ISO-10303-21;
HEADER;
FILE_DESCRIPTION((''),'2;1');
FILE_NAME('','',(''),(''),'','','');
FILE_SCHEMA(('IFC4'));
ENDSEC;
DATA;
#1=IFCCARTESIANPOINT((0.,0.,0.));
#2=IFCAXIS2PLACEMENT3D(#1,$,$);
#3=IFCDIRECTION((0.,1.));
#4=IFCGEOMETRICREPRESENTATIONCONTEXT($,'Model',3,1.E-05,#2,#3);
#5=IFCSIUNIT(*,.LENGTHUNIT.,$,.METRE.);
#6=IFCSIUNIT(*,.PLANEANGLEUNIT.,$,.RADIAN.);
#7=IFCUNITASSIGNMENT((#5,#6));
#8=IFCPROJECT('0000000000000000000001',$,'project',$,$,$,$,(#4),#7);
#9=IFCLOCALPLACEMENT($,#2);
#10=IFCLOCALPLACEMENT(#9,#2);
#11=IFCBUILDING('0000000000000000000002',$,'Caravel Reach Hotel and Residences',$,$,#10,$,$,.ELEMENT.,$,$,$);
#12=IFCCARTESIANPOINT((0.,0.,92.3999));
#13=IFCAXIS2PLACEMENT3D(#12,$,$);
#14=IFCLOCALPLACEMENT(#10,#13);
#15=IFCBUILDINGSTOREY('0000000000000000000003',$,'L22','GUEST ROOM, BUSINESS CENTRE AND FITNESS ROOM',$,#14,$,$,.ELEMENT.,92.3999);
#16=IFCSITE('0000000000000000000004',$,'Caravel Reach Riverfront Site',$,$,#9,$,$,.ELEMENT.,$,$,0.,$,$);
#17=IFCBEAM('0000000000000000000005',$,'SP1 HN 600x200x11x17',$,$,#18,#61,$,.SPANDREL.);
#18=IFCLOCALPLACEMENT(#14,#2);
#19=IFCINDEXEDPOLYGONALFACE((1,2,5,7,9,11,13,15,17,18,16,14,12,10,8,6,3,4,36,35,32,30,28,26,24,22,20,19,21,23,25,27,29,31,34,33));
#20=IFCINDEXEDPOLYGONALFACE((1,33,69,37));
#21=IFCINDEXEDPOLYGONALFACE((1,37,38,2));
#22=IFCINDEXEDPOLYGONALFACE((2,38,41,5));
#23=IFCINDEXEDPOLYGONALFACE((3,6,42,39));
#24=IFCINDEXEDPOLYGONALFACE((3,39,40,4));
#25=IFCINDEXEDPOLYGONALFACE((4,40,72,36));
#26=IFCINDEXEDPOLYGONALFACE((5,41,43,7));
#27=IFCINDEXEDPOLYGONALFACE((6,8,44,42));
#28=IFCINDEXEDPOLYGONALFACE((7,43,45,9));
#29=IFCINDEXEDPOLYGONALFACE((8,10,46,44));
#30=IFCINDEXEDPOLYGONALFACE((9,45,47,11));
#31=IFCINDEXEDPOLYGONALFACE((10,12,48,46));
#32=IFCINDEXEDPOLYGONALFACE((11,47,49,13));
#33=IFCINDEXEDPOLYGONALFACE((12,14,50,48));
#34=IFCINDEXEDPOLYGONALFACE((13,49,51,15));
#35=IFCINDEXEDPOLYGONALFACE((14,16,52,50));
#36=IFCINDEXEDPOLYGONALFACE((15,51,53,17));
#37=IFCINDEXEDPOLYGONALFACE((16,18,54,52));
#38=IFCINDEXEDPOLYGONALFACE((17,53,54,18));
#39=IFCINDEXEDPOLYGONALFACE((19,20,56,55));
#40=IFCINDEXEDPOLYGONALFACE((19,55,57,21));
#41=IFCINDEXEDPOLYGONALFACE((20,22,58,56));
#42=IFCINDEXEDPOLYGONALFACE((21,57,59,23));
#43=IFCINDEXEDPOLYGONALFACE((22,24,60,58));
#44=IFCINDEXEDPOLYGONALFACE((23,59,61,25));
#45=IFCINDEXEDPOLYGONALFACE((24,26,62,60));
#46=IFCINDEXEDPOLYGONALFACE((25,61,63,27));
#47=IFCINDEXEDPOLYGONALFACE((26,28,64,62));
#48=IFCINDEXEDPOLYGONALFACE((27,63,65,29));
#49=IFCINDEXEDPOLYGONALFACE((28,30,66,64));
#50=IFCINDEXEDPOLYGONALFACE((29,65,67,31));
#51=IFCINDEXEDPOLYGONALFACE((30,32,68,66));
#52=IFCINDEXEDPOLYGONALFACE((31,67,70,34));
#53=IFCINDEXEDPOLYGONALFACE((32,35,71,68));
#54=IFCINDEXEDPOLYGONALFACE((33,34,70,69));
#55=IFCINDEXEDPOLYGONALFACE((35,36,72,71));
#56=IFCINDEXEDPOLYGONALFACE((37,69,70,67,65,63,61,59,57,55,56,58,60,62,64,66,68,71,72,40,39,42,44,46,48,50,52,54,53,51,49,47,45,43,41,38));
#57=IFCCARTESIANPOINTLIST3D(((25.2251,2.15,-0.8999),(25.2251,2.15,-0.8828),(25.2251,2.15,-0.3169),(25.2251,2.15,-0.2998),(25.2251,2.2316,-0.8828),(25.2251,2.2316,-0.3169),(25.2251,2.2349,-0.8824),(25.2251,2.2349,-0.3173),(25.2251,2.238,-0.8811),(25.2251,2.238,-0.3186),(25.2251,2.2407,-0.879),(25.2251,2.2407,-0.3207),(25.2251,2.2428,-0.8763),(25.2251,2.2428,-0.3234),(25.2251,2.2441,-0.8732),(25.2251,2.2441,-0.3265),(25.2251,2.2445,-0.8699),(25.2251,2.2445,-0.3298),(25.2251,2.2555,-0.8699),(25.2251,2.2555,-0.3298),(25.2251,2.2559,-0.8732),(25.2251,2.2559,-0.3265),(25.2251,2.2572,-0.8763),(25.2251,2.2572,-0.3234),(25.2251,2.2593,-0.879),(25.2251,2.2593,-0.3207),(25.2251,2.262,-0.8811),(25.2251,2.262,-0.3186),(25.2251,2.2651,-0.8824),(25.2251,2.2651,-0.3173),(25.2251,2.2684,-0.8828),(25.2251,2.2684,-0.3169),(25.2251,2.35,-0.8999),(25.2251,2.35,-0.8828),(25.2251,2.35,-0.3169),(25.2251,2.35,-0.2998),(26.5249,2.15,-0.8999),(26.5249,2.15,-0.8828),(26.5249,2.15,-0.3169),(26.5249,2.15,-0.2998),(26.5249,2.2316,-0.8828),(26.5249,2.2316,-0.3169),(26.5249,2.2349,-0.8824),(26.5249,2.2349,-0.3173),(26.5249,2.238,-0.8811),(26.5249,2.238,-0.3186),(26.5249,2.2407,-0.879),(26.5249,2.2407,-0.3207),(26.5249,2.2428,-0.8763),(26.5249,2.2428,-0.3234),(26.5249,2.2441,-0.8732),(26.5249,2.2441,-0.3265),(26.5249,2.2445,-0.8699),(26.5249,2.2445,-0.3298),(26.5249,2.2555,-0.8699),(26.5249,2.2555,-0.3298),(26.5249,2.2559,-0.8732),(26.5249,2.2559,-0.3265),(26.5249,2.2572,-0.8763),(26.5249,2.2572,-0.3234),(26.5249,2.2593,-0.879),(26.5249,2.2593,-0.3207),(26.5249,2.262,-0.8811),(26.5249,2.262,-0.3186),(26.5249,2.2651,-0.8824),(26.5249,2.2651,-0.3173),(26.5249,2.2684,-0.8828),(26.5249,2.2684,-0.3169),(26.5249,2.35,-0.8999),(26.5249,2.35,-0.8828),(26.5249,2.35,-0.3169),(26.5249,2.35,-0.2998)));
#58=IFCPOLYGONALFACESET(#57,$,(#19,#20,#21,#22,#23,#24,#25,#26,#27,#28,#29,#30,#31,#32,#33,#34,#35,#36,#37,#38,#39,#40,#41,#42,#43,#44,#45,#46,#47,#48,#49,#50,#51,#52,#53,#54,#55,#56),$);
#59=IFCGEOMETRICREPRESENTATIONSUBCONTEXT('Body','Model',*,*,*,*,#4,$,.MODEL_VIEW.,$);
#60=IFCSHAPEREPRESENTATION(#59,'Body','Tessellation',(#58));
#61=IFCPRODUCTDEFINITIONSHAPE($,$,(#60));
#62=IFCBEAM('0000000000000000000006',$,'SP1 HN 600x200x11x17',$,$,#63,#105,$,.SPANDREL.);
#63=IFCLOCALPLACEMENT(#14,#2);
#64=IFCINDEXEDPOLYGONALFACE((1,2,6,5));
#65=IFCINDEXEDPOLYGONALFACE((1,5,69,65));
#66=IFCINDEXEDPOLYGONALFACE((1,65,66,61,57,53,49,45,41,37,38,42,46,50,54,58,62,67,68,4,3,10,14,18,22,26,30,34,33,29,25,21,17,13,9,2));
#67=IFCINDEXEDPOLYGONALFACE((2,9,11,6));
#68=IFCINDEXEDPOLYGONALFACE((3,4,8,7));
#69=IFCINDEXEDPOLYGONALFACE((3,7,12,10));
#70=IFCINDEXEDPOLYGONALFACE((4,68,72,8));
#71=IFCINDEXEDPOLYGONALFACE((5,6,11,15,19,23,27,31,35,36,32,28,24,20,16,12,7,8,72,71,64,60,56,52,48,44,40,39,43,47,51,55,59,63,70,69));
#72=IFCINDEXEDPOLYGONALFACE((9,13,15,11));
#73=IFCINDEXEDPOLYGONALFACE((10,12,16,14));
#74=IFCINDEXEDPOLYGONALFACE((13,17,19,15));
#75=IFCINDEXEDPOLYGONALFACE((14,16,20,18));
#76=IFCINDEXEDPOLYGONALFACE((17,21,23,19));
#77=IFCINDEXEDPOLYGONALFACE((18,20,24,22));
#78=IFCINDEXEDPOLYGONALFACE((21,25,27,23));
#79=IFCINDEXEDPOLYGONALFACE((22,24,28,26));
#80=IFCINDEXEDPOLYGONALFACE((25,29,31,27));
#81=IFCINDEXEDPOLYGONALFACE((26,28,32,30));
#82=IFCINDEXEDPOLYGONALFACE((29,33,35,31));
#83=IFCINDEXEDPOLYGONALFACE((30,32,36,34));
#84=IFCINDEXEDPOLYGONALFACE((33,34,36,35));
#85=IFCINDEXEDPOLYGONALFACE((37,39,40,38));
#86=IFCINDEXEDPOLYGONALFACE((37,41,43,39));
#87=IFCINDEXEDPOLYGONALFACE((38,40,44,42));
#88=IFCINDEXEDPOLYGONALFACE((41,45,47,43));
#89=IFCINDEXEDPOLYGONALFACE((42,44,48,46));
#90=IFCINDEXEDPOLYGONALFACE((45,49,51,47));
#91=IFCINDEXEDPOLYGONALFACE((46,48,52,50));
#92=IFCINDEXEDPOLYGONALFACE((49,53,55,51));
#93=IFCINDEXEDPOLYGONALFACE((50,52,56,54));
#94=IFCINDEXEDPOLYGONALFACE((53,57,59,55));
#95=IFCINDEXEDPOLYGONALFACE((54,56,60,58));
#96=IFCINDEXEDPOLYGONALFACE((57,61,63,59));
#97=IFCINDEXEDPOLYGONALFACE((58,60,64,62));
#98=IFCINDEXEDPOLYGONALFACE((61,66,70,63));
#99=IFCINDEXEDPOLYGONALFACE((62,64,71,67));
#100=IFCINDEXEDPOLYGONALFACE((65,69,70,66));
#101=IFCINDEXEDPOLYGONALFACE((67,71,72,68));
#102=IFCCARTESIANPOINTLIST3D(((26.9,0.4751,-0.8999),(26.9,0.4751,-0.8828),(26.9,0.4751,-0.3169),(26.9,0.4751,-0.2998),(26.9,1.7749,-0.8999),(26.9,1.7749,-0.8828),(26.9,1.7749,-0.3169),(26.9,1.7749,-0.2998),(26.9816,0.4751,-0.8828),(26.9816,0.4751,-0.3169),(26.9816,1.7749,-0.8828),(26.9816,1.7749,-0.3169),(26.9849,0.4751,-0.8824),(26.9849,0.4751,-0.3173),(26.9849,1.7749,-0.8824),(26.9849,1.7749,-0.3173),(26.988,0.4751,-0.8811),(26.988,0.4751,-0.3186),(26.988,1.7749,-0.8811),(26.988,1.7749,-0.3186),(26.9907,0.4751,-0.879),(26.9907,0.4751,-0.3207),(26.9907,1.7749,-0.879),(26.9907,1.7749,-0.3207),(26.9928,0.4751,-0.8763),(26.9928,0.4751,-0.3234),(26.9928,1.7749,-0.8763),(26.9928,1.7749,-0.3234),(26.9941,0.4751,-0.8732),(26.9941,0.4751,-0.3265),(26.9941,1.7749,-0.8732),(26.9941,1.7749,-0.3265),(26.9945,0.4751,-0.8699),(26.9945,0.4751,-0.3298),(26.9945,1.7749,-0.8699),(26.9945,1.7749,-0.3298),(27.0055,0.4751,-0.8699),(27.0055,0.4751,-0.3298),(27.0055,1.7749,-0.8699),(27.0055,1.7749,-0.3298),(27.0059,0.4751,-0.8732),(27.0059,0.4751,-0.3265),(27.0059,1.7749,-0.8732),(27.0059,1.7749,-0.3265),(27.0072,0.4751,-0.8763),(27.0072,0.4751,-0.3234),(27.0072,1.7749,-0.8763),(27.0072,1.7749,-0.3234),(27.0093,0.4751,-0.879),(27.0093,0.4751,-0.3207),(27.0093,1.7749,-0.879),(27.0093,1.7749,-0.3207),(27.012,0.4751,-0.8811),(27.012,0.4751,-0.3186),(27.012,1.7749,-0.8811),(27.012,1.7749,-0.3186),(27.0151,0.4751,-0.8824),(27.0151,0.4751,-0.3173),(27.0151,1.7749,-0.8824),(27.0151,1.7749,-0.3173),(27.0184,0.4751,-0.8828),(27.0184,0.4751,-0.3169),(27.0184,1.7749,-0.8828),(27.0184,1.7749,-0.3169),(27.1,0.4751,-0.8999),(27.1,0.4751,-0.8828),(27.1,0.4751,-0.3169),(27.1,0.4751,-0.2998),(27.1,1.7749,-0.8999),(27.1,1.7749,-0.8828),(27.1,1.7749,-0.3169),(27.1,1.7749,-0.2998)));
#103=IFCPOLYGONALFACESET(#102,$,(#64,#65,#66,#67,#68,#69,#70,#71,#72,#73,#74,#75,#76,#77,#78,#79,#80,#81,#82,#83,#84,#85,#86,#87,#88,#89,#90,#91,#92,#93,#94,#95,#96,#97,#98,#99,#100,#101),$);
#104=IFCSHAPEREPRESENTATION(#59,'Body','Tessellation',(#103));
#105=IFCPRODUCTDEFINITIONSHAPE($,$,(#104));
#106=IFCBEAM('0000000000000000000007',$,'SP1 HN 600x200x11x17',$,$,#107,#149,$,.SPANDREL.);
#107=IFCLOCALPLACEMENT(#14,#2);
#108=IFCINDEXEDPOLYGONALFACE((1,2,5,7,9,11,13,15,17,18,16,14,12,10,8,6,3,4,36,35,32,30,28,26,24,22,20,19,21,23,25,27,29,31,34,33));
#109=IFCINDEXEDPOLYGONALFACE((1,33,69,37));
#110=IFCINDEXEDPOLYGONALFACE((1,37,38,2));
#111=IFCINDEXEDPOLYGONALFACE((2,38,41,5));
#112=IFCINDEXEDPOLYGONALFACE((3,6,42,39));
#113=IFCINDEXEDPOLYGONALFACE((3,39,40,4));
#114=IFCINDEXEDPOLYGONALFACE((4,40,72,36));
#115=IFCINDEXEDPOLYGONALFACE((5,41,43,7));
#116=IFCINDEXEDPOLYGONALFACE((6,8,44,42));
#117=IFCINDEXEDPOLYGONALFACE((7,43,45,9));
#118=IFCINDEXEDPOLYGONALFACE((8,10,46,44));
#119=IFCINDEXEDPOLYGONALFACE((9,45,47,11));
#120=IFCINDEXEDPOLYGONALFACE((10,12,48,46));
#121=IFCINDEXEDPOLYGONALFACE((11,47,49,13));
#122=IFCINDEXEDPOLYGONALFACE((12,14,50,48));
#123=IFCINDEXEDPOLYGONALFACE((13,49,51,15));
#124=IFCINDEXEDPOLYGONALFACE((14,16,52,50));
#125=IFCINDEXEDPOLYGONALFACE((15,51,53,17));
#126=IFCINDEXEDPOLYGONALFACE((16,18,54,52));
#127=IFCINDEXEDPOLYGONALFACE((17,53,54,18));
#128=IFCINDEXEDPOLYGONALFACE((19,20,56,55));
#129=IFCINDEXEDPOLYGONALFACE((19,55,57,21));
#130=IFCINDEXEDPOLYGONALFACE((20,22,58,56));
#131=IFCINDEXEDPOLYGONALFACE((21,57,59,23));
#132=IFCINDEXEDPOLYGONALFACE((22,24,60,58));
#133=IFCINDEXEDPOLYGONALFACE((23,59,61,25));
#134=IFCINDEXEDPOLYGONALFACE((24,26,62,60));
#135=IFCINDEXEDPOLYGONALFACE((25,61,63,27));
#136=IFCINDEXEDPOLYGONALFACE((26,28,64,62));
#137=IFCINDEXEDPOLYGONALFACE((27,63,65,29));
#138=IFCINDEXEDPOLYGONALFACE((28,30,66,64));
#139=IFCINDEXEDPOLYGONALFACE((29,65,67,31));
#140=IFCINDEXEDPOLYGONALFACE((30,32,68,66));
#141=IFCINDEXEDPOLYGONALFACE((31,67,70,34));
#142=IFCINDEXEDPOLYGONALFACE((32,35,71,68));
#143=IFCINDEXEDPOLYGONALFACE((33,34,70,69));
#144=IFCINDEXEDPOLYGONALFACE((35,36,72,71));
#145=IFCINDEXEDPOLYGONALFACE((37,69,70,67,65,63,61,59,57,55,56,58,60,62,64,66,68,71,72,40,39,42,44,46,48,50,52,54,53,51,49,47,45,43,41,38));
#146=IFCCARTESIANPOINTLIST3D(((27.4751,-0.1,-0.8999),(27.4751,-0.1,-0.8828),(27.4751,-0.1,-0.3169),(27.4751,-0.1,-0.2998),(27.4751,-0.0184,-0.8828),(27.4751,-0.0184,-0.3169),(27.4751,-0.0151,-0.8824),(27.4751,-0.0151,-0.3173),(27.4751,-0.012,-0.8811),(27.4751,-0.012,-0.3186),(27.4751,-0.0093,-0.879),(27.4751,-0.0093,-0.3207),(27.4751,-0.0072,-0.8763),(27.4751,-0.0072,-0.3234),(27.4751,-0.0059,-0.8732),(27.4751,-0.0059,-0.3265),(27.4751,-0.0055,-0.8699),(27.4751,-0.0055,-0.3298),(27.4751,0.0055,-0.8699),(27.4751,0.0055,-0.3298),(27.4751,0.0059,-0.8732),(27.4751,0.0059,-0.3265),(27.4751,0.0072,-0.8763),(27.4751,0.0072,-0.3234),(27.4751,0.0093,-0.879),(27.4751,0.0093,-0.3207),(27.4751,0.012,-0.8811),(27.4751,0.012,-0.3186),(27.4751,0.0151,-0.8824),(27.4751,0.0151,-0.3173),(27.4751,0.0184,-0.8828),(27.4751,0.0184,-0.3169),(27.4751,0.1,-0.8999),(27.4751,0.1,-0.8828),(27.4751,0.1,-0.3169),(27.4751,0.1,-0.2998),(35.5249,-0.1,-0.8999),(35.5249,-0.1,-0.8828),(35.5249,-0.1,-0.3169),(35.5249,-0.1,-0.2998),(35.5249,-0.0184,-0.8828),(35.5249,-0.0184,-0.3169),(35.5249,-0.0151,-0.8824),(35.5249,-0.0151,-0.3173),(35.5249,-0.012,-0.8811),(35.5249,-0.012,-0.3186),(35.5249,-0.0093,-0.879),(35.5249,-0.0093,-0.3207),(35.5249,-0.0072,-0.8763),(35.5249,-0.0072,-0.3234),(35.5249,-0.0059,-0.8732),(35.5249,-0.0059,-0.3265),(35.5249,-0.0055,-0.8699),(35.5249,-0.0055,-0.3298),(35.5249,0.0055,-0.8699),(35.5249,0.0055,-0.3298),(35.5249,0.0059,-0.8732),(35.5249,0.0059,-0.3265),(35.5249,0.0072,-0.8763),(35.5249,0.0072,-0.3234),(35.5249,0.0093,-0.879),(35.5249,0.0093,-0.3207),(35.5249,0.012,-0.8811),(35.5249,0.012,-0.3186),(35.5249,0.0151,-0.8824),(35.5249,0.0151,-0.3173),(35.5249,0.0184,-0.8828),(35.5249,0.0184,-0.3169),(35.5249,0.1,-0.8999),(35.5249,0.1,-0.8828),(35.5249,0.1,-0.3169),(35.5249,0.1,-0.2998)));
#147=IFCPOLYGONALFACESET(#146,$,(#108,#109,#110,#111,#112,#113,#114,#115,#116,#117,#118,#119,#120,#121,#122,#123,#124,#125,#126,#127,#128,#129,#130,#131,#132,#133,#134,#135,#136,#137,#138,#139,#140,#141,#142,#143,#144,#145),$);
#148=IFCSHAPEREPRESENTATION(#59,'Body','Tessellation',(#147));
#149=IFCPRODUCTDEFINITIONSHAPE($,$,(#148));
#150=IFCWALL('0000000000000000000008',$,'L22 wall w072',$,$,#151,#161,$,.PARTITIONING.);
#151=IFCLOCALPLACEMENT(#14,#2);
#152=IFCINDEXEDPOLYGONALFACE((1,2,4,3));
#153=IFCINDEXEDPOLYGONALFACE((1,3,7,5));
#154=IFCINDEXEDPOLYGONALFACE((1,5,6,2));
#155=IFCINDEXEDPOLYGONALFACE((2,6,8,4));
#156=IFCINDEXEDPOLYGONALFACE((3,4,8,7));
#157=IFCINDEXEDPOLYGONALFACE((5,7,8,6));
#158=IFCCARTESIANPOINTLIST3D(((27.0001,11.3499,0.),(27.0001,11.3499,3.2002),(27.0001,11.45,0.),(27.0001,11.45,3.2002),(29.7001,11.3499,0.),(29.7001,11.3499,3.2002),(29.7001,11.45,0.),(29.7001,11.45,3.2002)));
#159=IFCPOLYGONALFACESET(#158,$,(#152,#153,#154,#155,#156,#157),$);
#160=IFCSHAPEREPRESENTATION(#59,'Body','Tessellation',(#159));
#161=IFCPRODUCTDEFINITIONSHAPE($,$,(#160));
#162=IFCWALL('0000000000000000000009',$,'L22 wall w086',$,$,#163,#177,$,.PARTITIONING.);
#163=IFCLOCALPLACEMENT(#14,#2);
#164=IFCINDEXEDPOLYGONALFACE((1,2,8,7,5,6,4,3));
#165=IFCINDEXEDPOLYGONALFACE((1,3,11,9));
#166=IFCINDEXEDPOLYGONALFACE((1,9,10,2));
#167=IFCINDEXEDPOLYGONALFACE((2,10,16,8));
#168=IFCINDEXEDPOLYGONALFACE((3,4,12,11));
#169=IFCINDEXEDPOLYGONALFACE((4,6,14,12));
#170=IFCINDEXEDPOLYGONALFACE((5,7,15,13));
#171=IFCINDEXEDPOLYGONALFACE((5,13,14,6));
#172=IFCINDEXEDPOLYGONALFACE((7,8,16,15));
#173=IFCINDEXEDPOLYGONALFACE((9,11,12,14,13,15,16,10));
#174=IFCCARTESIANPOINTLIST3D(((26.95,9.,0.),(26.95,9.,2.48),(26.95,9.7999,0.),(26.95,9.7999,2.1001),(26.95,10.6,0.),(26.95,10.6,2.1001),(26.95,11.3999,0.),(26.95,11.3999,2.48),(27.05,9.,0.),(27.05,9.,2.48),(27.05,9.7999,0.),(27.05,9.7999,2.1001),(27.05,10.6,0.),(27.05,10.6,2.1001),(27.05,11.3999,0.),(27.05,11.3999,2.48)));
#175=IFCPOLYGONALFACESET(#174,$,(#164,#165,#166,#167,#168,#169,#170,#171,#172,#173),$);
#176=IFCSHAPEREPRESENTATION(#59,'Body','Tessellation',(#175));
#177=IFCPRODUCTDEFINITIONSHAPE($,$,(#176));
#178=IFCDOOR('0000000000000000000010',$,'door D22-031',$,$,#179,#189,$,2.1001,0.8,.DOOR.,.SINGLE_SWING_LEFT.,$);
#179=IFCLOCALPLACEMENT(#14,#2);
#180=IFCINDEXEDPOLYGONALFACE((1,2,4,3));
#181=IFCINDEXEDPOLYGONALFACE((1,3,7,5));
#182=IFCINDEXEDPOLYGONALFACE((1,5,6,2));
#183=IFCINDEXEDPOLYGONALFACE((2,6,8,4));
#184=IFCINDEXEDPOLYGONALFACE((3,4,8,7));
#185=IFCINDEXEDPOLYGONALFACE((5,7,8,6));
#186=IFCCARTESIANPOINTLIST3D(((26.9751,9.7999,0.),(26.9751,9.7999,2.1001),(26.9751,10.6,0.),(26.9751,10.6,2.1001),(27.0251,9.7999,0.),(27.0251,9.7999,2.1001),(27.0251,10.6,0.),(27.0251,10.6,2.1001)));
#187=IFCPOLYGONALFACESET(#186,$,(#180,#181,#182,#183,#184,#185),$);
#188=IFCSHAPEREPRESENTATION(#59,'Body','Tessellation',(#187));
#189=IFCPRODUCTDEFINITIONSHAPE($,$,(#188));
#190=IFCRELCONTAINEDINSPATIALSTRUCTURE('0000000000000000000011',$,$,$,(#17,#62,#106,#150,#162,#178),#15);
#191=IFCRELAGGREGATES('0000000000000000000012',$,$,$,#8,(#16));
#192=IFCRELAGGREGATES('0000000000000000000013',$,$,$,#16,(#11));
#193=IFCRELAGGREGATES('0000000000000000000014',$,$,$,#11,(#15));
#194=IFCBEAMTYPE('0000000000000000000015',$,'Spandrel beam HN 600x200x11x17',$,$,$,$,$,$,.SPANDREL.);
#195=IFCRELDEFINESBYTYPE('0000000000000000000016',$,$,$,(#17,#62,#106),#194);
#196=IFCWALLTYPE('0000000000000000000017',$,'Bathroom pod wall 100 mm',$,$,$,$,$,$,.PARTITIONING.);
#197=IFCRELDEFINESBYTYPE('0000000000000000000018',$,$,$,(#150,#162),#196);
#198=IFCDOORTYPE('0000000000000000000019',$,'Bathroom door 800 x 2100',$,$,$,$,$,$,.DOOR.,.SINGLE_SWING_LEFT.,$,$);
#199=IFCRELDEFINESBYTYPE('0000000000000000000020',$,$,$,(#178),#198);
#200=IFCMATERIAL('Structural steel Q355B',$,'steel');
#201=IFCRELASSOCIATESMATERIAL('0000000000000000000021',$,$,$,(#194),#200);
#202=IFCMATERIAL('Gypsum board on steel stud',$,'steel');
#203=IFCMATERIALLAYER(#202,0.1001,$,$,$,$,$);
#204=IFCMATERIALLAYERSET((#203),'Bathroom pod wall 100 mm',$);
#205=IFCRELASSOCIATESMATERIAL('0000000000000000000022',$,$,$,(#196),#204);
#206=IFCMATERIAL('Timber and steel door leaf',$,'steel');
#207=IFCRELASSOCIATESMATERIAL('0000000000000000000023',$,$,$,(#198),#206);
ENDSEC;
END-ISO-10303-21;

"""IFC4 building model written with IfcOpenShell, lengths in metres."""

from ifc_helpers import new_model, si_unit, direction, frame, frame_2d, origin, origin_2d, place, context, subcontext, project, spatial, rectangle, i_section, extrude, material, layer, layer_set, material_profile, profile_set, type_object, element, fill, save


model = new_model("IFC4")

# Units and contexts
model_context = context("Model", 3, precision=1e-05, world=origin(), true_north=direction((0.0, 1.0)))
body_context = subcontext(model_context, "Body", "Model", "MODEL_VIEW")
ifc_project = project(units=[si_unit("LENGTHUNIT", "METRE"), si_unit("PLANEANGLEUNIT", "RADIAN")], contexts=[model_context])

# Site, building, storey
site_placement = place(None, origin())
site = spatial("IfcSite", under=ifc_project, at=site_placement, Name="Caravel Reach Riverfront Site", CompositionType="ELEMENT", RefElevation=0.0)
building_placement = place(site_placement, origin())
building = spatial("IfcBuilding", under=site, at=building_placement, Name="Caravel Reach Hotel and Residences", CompositionType="ELEMENT")
storey_placement = place(building_placement, frame((0.0, 0.0, 92.3999)))
storey = spatial("IfcBuildingStorey", under=building, at=storey_placement, Name="L22", Description="GUEST ROOM, BUSINESS CENTRE AND FITNESS ROOM", CompositionType="ELEMENT", Elevation=92.3999)

# Beams
ifc_material_1 = material(Name="Structural steel Q355B", Category="steel")
ifc_material_profile_1 = material_profile(ifc_material_1, i_section(OverallWidth=0.2, OverallDepth=0.6001, WebThickness=0.011, FlangeThickness=0.0171, FilletRadius=0.0129, at=origin_2d()), Name="HN 600x200x11x17")
ifc_profile_set_1 = profile_set([ifc_material_profile_1], Name="Structural steel Q355B")
beam_type = type_object("IfcBeamType", Name="Spandrel beam HN 600x200x11x17", PredefinedType="SPANDREL", material=ifc_profile_set_1)
for number, where, z_axis, x_axis, name in (
    (1, (25.2251, 2.25, -0.5999), (1.0, 0.0, 0.0), (0.0, 1.0, 0.0), "SP1 HN 600x200x11x17"),
    (2, (27.0, 1.7749, -0.5999), (0.0, -1.0, 0.0), (1.0, 0.0, 0.0), "SP1 HN 600x200x11x17"),
):
    element("IfcBeam", number, at=place(storey_placement, frame(where, z_axis=z_axis, x_axis=x_axis)), inside=storey, type_object=beam_type, Name=name, PredefinedType="SPANDREL", context=body_context, shape_type="SweptSolid", body=[
        extrude(i_section(OverallWidth=0.2, OverallDepth=0.6001, WebThickness=0.011, FlangeThickness=0.0171, FilletRadius=0.0129, at=origin_2d()), origin(), (0.0, 0.0, 1.0), 1.2998),
    ])
beam_placement = place(storey_placement, frame((27.4751, 0.0, -0.5999), z_axis=(1.0, 0.0, 0.0), x_axis=(0.0, 1.0, 0.0)))
element("IfcBeam", 3, at=beam_placement, inside=storey, type_object=beam_type, Name="SP1 HN 600x200x11x17", PredefinedType="SPANDREL", context=body_context, shape_type="SweptSolid", body=[
    extrude(i_section(OverallWidth=0.2, OverallDepth=0.6001, WebThickness=0.011, FlangeThickness=0.0171, FilletRadius=0.0129, at=origin_2d()), origin(), (0.0, 0.0, 1.0), 8.0498),
])

# Wall
ifc_material_2 = material(Name="Gypsum board on steel stud", Category="steel")
ifc_layer_1 = layer(ifc_material_2, 0.1001)
ifc_layer_set_1 = layer_set([ifc_layer_1], Name="Bathroom pod wall 100 mm")
wall_type_1 = type_object("IfcWallType", Name="Bathroom pod wall 100 mm", PredefinedType="PARTITIONING", material=ifc_layer_set_1)
wall_1_placement = place(storey_placement, frame((27.0, 11.3999, 0.0), z_axis=(0.0, 0.0, 1.0), x_axis=(1.0, 0.0, 0.0)))
element("IfcWall", 4, at=wall_1_placement, inside=storey, type_object=wall_type_1, Name="L22 wall w072", PredefinedType="PARTITIONING", context=body_context, shape_type="SweptSolid", body=[
    extrude(rectangle(XDim=2.7, YDim=0.1001, at=frame_2d((1.3501, 0.0))), origin(), (0.0, 0.0, 1.0), 3.2002),
])

# Wall, opening, door
wall_2_placement = place(storey_placement, frame((27.0, 9.0, 0.0), z_axis=(0.0, 0.0, 1.0), x_axis=(0.0, 1.0, 0.0)))
wall_2 = element("IfcWall", 5, at=wall_2_placement, inside=storey, type_object=wall_type_1, Name="L22 wall w086", PredefinedType="PARTITIONING", context=body_context, shape_type="SweptSolid", body=[
    extrude(rectangle(XDim=2.3999, YDim=0.1001, at=frame_2d((1.2, 0.0))), origin(), (0.0, 0.0, 1.0), 2.48),
])
opening_1_placement = place(wall_2_placement, frame((0.8, 0.0, 0.0)))
opening_1 = element("IfcOpeningElement", 6, at=opening_1_placement, cuts=wall_2, PredefinedType="OPENING", context=body_context, shape_type="SweptSolid", body=[
    extrude(rectangle(XDim=0.8, YDim=2.1001, at=frame_2d((0.3999, 1.05))), frame((0.0, 0.0601, 0.0), z_axis=(0.0, -1.0, 0.0), x_axis=(1.0, 0.0, 0.0)), (0.0, 0.0, 1.0), 0.1201),
])
ifc_material_3 = material(Name="Timber and steel door leaf", Category="steel")
door_type = type_object("IfcDoorType", Name="Bathroom door 800 x 2100", OperationType="SINGLE_SWING_LEFT", PredefinedType="DOOR", material=ifc_material_3)
door_placement = place(opening_1_placement, origin())
door = element("IfcDoor", 7, at=door_placement, inside=storey, type_object=door_type, Name="door D22-031", OperationType="SINGLE_SWING_LEFT", OverallHeight=2.1001, OverallWidth=0.8, PredefinedType="DOOR", context=body_context, shape_type="SweptSolid", body=[
    extrude(rectangle(XDim=0.8, YDim=2.1001, at=frame_2d((0.3999, 1.05))), frame((0.0, 0.0249, 0.0), z_axis=(0.0, -1.0, 0.0), x_axis=(1.0, 0.0, 0.0)), (0.0, 0.0, 1.0), 0.05),
])
fill(opening_1, door)

save(model, "model.ifc")
